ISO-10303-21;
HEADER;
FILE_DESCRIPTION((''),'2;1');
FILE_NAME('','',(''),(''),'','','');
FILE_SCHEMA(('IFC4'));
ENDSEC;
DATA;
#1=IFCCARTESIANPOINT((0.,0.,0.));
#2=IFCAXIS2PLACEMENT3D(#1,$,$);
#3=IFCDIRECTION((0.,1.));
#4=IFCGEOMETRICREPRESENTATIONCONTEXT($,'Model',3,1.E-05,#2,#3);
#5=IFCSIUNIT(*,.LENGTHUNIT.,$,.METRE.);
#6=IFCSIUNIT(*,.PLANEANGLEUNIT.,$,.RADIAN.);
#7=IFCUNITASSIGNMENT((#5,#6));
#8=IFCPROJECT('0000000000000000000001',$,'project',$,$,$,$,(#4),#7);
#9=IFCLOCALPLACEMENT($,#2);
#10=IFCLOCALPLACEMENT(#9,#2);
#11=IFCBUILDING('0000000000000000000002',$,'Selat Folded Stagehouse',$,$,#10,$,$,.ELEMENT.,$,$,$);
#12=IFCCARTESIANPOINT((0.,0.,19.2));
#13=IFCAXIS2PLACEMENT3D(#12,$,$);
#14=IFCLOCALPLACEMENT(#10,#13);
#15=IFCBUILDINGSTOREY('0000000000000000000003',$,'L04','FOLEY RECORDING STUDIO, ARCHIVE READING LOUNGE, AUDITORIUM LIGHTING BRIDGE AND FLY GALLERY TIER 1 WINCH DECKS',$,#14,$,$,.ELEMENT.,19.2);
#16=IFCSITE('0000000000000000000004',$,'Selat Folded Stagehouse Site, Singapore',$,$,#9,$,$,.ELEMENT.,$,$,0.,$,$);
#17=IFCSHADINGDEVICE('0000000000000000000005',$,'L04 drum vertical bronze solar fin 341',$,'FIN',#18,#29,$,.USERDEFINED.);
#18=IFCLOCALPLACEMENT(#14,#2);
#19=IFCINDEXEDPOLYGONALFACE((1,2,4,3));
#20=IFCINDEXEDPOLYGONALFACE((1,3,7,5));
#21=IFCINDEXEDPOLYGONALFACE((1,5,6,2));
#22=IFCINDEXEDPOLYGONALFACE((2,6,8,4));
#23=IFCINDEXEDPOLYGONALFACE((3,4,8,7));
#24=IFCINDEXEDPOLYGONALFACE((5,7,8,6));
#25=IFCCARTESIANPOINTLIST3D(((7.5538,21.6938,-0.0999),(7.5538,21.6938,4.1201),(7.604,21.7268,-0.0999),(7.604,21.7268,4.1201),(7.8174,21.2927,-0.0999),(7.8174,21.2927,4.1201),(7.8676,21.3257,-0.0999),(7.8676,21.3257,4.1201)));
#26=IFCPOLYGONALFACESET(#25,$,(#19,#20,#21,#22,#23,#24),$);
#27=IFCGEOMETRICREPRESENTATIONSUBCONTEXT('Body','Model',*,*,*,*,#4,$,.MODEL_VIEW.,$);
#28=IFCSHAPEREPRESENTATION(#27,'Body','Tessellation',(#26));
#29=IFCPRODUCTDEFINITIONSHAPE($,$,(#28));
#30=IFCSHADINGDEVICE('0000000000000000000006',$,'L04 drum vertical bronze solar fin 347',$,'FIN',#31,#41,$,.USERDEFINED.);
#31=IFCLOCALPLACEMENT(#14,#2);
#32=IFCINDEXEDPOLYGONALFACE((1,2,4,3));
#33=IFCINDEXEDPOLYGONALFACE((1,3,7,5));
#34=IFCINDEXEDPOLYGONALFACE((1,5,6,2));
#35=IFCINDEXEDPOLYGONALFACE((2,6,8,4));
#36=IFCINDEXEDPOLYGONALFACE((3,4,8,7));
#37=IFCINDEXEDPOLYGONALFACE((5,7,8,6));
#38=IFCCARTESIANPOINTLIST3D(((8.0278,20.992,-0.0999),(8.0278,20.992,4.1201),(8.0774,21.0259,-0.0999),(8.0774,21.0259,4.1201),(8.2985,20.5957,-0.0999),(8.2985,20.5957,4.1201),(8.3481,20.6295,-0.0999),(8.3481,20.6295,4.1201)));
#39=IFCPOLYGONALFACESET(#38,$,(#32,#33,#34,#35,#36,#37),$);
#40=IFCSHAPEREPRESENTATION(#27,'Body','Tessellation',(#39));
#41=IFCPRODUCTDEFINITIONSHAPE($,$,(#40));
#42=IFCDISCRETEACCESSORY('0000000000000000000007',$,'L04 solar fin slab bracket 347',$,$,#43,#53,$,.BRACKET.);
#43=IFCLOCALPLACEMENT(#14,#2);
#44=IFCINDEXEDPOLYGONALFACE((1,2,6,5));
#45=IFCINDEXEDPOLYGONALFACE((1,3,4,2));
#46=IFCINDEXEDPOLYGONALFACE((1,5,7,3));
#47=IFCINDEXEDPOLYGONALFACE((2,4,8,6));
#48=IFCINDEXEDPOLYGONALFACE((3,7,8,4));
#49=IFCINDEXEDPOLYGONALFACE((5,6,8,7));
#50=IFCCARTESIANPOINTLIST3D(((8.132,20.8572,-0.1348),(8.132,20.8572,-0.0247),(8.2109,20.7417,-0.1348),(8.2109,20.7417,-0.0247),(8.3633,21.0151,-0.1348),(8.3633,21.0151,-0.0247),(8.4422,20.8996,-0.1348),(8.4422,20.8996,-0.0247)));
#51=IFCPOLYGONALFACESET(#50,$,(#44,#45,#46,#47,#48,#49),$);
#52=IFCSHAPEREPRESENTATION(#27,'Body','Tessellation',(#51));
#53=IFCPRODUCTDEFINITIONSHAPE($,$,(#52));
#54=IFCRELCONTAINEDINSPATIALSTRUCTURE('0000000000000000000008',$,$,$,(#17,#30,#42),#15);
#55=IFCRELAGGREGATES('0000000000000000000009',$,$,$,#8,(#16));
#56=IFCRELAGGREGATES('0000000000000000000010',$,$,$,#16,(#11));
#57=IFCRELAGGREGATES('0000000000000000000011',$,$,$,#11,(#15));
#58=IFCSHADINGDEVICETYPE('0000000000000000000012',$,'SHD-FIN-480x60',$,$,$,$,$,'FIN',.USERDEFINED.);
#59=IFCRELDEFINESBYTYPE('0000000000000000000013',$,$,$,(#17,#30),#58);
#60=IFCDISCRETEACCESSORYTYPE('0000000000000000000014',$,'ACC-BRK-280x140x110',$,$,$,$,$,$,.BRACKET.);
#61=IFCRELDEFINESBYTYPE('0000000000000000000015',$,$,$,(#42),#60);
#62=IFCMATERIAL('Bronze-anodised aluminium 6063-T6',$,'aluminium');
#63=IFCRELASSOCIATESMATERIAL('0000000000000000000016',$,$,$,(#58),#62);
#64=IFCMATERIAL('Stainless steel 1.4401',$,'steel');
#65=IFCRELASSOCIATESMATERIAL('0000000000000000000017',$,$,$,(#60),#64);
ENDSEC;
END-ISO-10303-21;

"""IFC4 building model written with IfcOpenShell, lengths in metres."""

from ifc_helpers import new_model, si_unit, direction, frame, origin, origin_2d, place, context, subcontext, project, spatial, rectangle, extrude, material, material_profile, profile_set, type_object, element, save


model = new_model("IFC4")

# Units and contexts
model_context = context("Model", 3, precision=1e-05, world=origin(), true_north=direction((0.0, 1.0)))
body_context = subcontext(model_context, "Body", "Model", "MODEL_VIEW")
ifc_project = project(units=[si_unit("LENGTHUNIT", "METRE"), si_unit("PLANEANGLEUNIT", "RADIAN")], contexts=[model_context])

# Site, building, storey
site_placement = place(None, origin())
site = spatial("IfcSite", under=ifc_project, at=site_placement, Name="Selat Folded Stagehouse Site, Singapore", CompositionType="ELEMENT", RefElevation=0.0)
building_placement = place(site_placement, origin())
building = spatial("IfcBuilding", under=site, at=building_placement, Name="Selat Folded Stagehouse", CompositionType="ELEMENT")
storey_placement = place(building_placement, frame((0.0, 0.0, 19.2)))
storey = spatial("IfcBuildingStorey", under=building, at=storey_placement, Name="L04", Description="FOLEY RECORDING STUDIO, ARCHIVE READING LOUNGE, AUDITORIUM LIGHTING BRIDGE AND FLY GALLERY TIER 1 WINCH DECKS", CompositionType="ELEMENT", Elevation=19.2)

# Shared definitions
ifc_material_1 = material(Name="Bronze-anodised aluminium 6063-T6", Category="aluminium")

# Shading devices
ifc_material_profile_1 = material_profile(ifc_material_1, rectangle(XDim=0.0601, YDim=0.48, at=origin_2d()), Name="SOLAR-FIN 480x60")
ifc_profile_set_1 = profile_set([ifc_material_profile_1], Name="Bronze-anodised aluminium 6063-T6")
shading_device_type = type_object("IfcShadingDeviceType", Name="SHD-FIN-480x60", ElementType="FIN", PredefinedType="USERDEFINED", material=ifc_profile_set_1)
for number, where, z_axis, x_axis, name in (
    (1, (7.7107, 21.5098, -0.0999), (0.0, 0.0, 1.0), (-0.835616, -0.549315, 0.0), "L04 drum vertical bronze solar fin 341"),
    (2, (8.188, 20.8108, -0.0999), (0.0, 0.0, 1.0), (-0.825803, -0.563959, 0.0), "L04 drum vertical bronze solar fin 347"),
):
    element("IfcShadingDevice", number, at=place(storey_placement, frame(where, z_axis=z_axis, x_axis=x_axis)), inside=storey, type_object=shading_device_type, Name=name, ObjectType="FIN", PredefinedType="USERDEFINED", context=body_context, shape_type="SweptSolid", body=[
        extrude(rectangle(XDim=0.0601, YDim=0.48, at=origin_2d()), origin(), (0.0, 0.0, 1.0), 4.22),
    ])

# Discrete accessory
ifc_material_2 = material(Name="Stainless steel 1.4401", Category="steel")
discrete_accessory_type = type_object("IfcDiscreteAccessoryType", Name="ACC-BRK-280x140x110", PredefinedType="BRACKET", material=ifc_material_2)
discrete_accessory_placement = place(storey_placement, frame((8.2871, 20.8784, -0.1348), z_axis=(0.0, 0.0, 1.0), x_axis=(-0.825803, -0.563959, 0.0)))
element("IfcDiscreteAccessory", 3, at=discrete_accessory_placement, inside=storey, type_object=discrete_accessory_type, Name="L04 solar fin slab bracket 347", PredefinedType="BRACKET", context=body_context, shape_type="SweptSolid", body=[
    extrude(rectangle(XDim=0.28, YDim=0.1399, at=origin_2d()), origin(), (0.0, 0.0, 1.0), 0.1101),
])

save(model, "model.ifc")
